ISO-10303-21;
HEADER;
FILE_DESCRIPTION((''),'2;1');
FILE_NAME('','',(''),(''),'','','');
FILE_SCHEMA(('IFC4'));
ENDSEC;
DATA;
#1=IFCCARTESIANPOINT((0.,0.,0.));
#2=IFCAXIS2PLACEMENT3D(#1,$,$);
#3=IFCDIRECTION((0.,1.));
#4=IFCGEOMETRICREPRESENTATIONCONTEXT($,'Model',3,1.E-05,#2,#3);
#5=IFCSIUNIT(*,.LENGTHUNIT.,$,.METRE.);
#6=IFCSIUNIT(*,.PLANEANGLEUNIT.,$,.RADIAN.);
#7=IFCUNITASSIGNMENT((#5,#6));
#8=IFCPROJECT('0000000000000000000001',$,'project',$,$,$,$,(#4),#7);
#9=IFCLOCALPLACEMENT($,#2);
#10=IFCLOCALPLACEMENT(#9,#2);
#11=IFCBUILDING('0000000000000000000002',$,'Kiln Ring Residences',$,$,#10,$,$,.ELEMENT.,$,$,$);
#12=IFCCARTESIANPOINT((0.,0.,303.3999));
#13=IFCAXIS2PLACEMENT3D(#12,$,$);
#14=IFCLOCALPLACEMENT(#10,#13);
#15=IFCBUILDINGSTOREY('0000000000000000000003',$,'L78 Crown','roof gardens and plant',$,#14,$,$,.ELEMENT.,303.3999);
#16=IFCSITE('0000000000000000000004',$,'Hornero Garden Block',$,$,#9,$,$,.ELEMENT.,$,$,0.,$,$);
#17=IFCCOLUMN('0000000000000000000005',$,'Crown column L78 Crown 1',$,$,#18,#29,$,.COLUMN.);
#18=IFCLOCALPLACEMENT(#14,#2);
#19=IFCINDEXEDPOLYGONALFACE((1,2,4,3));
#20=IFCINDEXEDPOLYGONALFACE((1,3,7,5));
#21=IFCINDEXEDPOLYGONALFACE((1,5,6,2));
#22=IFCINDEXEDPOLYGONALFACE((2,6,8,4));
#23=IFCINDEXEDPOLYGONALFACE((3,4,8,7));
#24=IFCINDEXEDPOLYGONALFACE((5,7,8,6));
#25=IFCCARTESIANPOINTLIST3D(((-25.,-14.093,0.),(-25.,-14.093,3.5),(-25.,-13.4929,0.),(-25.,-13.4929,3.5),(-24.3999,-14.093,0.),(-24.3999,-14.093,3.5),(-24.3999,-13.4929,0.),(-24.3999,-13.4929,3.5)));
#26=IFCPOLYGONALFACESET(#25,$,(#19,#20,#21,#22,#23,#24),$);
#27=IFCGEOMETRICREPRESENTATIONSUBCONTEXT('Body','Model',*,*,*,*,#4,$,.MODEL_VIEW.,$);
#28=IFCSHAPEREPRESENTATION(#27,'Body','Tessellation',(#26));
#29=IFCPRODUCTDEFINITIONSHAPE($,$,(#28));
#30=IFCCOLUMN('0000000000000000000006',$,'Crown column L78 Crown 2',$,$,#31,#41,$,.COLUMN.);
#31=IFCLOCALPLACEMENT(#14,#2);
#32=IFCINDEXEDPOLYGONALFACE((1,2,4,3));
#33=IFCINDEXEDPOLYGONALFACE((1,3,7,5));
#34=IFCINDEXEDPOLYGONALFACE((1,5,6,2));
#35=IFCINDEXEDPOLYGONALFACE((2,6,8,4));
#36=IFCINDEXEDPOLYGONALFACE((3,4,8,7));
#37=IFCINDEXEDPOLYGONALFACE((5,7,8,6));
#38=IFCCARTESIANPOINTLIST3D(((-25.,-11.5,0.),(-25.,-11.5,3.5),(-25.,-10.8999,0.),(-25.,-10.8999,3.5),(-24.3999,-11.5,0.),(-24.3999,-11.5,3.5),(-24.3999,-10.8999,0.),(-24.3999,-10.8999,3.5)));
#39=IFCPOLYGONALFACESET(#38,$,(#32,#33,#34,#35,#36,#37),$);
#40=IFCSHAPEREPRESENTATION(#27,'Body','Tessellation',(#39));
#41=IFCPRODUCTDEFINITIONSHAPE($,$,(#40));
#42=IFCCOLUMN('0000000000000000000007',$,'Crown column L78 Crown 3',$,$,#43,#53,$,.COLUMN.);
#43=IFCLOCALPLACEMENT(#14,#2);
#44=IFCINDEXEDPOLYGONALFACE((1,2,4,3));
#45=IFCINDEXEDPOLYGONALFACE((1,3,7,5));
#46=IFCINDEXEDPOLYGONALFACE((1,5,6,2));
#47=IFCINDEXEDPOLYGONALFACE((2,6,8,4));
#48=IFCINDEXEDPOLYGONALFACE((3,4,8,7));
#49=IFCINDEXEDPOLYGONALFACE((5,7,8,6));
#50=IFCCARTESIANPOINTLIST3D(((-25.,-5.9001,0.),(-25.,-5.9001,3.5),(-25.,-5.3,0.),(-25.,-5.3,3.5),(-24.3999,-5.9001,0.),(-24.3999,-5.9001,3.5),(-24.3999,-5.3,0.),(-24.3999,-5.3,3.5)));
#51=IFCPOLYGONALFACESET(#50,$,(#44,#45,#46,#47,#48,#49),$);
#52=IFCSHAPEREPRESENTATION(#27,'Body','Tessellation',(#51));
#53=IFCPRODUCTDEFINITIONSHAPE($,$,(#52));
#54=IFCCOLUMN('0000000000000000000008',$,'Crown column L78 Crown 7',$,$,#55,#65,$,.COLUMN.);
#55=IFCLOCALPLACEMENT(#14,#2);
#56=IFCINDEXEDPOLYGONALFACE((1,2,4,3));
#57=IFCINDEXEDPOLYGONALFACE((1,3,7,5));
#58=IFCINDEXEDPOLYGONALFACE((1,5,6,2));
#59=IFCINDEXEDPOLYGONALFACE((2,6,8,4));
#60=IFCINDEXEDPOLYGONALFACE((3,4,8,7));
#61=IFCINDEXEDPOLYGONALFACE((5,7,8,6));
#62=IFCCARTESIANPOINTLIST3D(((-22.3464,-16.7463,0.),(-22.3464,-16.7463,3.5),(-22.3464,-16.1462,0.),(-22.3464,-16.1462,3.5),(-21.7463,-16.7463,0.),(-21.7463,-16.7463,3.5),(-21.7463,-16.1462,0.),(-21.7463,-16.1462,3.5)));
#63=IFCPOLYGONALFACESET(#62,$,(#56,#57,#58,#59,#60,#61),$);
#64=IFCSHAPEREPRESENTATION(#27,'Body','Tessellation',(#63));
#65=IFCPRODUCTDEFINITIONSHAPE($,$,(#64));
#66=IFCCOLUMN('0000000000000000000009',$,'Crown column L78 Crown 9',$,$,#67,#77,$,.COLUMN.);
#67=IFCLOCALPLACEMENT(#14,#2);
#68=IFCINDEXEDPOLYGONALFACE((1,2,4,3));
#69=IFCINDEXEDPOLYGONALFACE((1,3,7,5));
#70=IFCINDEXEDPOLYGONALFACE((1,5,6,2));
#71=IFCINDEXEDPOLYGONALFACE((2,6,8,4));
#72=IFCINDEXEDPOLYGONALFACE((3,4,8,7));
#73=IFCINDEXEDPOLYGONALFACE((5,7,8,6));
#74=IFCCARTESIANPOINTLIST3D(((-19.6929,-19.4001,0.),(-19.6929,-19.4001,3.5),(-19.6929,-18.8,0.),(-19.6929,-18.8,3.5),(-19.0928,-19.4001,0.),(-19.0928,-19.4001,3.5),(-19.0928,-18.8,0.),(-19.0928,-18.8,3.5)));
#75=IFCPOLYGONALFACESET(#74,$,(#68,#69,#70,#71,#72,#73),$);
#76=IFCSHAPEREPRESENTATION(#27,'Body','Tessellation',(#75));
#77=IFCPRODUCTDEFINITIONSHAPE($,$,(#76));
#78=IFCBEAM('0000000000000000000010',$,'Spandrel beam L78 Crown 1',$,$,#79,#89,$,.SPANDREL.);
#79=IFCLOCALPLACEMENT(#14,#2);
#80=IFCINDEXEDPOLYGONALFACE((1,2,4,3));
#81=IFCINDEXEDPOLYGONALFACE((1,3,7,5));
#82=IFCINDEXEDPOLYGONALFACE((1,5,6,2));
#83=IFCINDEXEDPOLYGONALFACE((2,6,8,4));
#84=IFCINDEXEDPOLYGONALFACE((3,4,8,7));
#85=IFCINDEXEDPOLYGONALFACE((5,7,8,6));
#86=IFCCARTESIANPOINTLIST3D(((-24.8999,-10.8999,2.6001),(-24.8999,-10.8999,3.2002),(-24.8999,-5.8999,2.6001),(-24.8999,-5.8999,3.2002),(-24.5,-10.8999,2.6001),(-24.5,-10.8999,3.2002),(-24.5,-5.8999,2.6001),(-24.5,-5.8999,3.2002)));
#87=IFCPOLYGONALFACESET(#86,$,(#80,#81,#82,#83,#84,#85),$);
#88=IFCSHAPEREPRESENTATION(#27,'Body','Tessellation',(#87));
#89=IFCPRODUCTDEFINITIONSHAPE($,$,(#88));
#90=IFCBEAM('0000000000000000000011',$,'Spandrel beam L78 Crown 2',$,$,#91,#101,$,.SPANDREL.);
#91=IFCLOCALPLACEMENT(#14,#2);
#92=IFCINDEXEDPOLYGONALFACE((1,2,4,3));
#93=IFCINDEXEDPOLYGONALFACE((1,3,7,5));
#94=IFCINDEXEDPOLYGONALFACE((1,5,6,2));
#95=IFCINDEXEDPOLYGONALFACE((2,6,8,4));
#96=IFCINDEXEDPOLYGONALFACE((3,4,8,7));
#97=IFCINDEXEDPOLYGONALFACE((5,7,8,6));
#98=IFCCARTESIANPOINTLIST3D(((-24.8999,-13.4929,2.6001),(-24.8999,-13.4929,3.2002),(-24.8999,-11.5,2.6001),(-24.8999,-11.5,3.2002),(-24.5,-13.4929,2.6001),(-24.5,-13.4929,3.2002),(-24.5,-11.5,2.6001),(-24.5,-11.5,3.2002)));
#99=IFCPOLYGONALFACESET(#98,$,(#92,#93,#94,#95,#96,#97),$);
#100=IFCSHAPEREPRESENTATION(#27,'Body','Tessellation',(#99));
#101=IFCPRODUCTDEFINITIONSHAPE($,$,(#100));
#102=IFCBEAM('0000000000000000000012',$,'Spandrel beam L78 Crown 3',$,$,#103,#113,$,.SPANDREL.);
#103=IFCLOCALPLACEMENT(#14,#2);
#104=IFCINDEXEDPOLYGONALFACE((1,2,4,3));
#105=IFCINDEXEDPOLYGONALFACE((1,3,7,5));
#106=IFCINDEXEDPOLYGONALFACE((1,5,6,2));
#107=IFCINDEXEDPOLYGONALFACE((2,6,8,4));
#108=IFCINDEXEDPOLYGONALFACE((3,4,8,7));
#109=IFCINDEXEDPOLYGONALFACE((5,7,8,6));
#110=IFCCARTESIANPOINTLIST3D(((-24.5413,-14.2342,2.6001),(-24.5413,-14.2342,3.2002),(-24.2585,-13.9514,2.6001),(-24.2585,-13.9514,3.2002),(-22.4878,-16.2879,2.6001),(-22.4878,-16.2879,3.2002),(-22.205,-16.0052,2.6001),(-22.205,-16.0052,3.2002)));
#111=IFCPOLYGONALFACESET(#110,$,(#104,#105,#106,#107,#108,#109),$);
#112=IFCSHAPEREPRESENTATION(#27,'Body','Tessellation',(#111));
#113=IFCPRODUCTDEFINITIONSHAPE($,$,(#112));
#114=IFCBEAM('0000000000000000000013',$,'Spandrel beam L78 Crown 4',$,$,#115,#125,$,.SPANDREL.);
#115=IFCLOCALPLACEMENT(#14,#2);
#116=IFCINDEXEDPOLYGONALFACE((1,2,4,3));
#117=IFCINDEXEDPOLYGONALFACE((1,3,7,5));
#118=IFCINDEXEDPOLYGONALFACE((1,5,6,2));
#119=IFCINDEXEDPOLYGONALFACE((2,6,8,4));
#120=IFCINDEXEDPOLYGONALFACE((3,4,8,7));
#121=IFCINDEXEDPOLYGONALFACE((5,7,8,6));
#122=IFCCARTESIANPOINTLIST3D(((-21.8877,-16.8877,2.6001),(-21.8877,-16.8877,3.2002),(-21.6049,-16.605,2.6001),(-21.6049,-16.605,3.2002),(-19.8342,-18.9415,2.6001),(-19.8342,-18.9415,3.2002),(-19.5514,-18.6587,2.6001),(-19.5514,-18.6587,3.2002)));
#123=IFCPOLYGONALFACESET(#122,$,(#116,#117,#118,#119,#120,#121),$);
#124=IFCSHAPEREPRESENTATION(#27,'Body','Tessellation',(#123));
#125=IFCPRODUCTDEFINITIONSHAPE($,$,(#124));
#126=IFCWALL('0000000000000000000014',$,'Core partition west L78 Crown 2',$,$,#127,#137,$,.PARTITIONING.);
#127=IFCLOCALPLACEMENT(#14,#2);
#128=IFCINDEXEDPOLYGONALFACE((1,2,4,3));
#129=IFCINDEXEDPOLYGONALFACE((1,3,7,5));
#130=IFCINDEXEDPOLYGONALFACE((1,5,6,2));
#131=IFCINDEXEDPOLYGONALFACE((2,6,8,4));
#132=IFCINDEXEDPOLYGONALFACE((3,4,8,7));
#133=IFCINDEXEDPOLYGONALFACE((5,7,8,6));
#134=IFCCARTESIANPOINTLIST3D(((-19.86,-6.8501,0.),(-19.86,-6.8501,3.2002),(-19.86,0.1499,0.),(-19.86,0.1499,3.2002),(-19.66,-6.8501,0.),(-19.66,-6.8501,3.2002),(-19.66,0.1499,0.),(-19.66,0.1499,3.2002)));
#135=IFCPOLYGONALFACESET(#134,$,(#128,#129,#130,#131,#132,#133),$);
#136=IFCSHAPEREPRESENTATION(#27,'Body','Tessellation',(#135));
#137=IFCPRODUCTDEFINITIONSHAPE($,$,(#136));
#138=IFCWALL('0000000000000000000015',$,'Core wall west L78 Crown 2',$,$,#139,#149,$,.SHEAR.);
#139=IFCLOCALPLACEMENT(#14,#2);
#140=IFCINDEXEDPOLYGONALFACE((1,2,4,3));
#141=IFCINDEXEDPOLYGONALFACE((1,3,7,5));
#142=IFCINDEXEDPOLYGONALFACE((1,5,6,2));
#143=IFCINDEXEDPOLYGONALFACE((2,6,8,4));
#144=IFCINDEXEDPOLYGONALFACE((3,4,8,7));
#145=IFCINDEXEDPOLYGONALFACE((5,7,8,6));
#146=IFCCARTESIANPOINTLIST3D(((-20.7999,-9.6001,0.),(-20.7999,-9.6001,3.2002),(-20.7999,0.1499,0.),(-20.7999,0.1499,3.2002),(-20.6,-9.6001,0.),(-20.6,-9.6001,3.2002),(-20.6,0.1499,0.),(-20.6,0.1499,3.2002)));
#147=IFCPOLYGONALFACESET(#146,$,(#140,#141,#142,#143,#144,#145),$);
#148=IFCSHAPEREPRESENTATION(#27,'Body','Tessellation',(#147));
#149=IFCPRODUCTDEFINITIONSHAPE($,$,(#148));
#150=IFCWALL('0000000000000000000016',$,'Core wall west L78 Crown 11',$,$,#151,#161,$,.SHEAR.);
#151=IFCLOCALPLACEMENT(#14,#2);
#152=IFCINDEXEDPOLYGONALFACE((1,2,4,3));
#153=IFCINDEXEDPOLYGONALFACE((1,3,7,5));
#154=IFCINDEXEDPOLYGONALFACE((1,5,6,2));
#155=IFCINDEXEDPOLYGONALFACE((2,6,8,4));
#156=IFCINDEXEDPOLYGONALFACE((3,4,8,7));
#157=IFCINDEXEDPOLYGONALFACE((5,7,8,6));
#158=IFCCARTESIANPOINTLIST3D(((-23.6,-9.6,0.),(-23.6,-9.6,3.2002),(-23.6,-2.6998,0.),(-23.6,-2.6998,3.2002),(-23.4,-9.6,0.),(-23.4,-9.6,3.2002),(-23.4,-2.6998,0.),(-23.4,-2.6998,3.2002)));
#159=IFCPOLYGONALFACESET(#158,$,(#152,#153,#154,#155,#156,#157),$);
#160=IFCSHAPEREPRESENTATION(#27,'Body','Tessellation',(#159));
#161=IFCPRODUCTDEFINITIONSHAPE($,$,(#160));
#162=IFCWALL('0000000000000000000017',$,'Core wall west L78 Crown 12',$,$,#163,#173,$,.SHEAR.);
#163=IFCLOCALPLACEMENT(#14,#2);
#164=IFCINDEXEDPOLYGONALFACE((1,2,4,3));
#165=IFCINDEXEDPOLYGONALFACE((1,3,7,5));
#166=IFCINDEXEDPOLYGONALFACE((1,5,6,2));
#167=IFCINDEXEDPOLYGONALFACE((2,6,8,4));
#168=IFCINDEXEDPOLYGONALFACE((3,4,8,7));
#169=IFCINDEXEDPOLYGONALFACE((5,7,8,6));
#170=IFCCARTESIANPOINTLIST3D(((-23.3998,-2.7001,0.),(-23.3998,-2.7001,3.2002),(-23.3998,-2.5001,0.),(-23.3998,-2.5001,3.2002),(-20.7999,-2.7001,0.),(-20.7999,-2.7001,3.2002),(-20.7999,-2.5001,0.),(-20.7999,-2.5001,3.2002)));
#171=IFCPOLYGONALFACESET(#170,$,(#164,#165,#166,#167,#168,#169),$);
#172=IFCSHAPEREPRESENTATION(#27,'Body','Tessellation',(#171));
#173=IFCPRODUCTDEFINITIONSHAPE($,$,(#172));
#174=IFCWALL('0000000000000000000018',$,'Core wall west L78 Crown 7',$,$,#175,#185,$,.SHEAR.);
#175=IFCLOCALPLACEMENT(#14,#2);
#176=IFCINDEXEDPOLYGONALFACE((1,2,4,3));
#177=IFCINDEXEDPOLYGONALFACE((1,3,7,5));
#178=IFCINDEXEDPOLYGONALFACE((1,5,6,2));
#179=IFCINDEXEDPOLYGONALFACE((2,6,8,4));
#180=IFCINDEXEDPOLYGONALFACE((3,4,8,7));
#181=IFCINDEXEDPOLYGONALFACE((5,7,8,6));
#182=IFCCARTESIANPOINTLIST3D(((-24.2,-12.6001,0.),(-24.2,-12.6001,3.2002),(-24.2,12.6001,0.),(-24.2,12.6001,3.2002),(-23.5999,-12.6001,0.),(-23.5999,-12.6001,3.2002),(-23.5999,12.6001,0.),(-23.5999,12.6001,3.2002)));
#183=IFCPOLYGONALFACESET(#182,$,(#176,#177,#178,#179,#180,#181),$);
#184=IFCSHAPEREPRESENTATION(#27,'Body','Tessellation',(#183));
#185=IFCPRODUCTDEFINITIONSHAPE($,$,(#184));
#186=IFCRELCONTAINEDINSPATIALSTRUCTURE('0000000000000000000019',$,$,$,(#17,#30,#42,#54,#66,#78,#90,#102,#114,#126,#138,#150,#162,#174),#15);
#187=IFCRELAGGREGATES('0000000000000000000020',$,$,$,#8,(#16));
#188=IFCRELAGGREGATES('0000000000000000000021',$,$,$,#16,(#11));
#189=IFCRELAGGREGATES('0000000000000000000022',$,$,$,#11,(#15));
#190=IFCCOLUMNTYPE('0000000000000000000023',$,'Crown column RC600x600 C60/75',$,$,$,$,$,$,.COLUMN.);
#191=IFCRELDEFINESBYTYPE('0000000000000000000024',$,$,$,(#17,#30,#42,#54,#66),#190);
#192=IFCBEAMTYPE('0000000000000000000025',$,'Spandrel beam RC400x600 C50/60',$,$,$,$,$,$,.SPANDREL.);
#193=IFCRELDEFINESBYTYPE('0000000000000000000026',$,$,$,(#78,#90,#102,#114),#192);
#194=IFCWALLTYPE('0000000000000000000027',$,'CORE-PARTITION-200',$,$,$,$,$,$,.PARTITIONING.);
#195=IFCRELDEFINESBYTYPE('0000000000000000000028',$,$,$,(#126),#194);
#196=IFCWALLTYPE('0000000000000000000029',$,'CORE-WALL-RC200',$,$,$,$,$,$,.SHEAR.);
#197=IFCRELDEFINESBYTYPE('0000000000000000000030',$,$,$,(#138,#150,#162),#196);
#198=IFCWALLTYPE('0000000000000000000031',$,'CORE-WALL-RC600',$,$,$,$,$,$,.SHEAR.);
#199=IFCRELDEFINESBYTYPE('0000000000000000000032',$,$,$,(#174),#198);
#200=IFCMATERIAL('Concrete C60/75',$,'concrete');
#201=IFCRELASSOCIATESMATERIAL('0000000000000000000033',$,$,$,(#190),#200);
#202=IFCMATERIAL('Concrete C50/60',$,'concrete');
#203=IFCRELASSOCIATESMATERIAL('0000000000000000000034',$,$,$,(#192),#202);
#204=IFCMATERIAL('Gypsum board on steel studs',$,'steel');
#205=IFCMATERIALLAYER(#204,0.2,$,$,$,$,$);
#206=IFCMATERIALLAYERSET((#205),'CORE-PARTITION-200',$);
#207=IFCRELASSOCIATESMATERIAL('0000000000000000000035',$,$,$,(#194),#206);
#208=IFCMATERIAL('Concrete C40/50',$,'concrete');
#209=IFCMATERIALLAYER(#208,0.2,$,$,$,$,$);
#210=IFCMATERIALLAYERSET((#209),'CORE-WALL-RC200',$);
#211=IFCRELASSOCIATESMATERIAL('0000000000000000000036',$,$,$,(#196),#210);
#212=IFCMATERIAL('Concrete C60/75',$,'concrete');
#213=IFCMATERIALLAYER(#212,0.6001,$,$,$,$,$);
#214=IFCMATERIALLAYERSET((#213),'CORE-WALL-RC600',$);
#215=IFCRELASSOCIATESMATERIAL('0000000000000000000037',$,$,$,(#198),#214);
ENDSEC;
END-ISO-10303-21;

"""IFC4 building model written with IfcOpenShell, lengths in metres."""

from ifc_helpers import new_model, si_unit, direction, frame, frame_2d, origin, origin_2d, place, context, subcontext, project, spatial, rectangle, extrude, material, layer, layer_set, material_profile, profile_set, type_object, element, save


model = new_model("IFC4")

# Units and contexts
model_context = context("Model", 3, precision=1e-05, world=origin(), true_north=direction((0.0, 1.0)))
body_context = subcontext(model_context, "Body", "Model", "MODEL_VIEW")
ifc_project = project(units=[si_unit("LENGTHUNIT", "METRE"), si_unit("PLANEANGLEUNIT", "RADIAN")], contexts=[model_context])

# Site, building, storey
site_placement = place(None, origin())
site = spatial("IfcSite", under=ifc_project, at=site_placement, Name="Hornero Garden Block", CompositionType="ELEMENT", RefElevation=0.0)
building_placement = place(site_placement, origin())
building = spatial("IfcBuilding", under=site, at=building_placement, Name="Kiln Ring Residences", CompositionType="ELEMENT")
storey_placement = place(building_placement, frame((0.0, 0.0, 303.3999)))
storey = spatial("IfcBuildingStorey", under=building, at=storey_placement, Name="L78 Crown", Description="roof gardens and plant", CompositionType="ELEMENT", Elevation=303.3999)

# Columns
ifc_material_1 = material(Name="Concrete C60/75", Category="concrete")
ifc_material_profile_1 = material_profile(ifc_material_1, rectangle(XDim=0.6001, YDim=0.6001, at=origin_2d()), Name="RC600x600")
ifc_profile_set_1 = profile_set([ifc_material_profile_1], Name="Concrete C60/75")
column_type = type_object("IfcColumnType", Name="Crown column RC600x600 C60/75", PredefinedType="COLUMN", material=ifc_profile_set_1)
for number, where, z_axis, x_axis, name in (
    (1, (-24.7, -13.793, 0.0), (0.0, 0.0, 1.0), (1.0, 0.0, 0.0), "Crown column L78 Crown 1"),
    (2, (-24.7, -11.2, 0.0), (0.0, 0.0, 1.0), (1.0, 0.0, 0.0), "Crown column L78 Crown 2"),
    (3, (-24.7, -5.6001, 0.0), (0.0, 0.0, 1.0), (1.0, 0.0, 0.0), "Crown column L78 Crown 3"),
    (4, (-22.0464, -16.4463, 0.0), (0.0, 0.0, 1.0), (1.0, 0.0, 0.0), "Crown column L78 Crown 7"),
    (5, (-19.3928, -19.1001, 0.0), (0.0, 0.0, 1.0), (1.0, 0.0, 0.0), "Crown column L78 Crown 9"),
):
    element("IfcColumn", number, at=place(storey_placement, frame(where, z_axis=z_axis, x_axis=x_axis)), inside=storey, type_object=column_type, Name=name, PredefinedType="COLUMN", context=body_context, shape_type="SweptSolid", body=[
        extrude(rectangle(XDim=0.6001, YDim=0.6001, at=origin_2d()), origin(), (0.0, 0.0, 1.0), 3.5),
    ])

# Beams
ifc_material_2 = material(Name="Concrete C50/60", Category="concrete")
ifc_material_profile_2 = material_profile(ifc_material_2, rectangle(XDim=0.3999, YDim=0.6001, at=origin_2d()), Name="RC400x600")
ifc_profile_set_2 = profile_set([ifc_material_profile_2], Name="Concrete C50/60")
beam_type = type_object("IfcBeamType", Name="Spandrel beam RC400x600 C50/60", PredefinedType="SPANDREL", material=ifc_profile_set_2)
beam_1_placement = place(storey_placement, frame((-24.7, -5.8999, 2.9001), z_axis=(0.0, -1.0, 0.0), x_axis=(1.0, 0.0, 0.0)))
element("IfcBeam", 6, at=beam_1_placement, inside=storey, type_object=beam_type, Name="Spandrel beam L78 Crown 1", PredefinedType="SPANDREL", context=body_context, shape_type="SweptSolid", body=[
    extrude(rectangle(XDim=0.3999, YDim=0.6001, at=origin_2d()), origin(), (0.0, 0.0, 1.0), 5.0),
])
beam_2_placement = place(storey_placement, frame((-24.7, -11.5, 2.9001), z_axis=(0.0, -1.0, 0.0), x_axis=(1.0, 0.0, 0.0)))
element("IfcBeam", 7, at=beam_2_placement, inside=storey, type_object=beam_type, Name="Spandrel beam L78 Crown 2", PredefinedType="SPANDREL", context=body_context, shape_type="SweptSolid", body=[
    extrude(rectangle(XDim=0.3999, YDim=0.6001, at=origin_2d()), origin(), (0.0, 0.0, 1.0), 1.9929),
])
for number, where, z_axis, x_axis, name in (
    (8, (-24.3999, -14.0928, 2.9001), (0.707065, -0.707149, 0.0), (0.707149, 0.707065, 0.0), "Spandrel beam L78 Crown 3"),
    (9, (-21.7463, -16.7463, 2.9001), (0.707065, -0.707149, 0.0), (0.707149, 0.707065, 0.0), "Spandrel beam L78 Crown 4"),
):
    element("IfcBeam", number, at=place(storey_placement, frame(where, z_axis=z_axis, x_axis=x_axis)), inside=storey, type_object=beam_type, Name=name, PredefinedType="SPANDREL", context=body_context, shape_type="SweptSolid", body=[
        extrude(rectangle(XDim=0.3999, YDim=0.6001, at=origin_2d()), origin(), (0.0, 0.0, 1.0), 2.9043),
    ])

# Walls
ifc_material_3 = material(Name="Gypsum board on steel studs", Category="steel")
ifc_layer_1 = layer(ifc_material_3, 0.2)
ifc_layer_set_1 = layer_set([ifc_layer_1], Name="CORE-PARTITION-200")
wall_type_1 = type_object("IfcWallType", Name="CORE-PARTITION-200", PredefinedType="PARTITIONING", material=ifc_layer_set_1)
wall_1_placement = place(storey_placement, frame((-19.76, -6.8501, 0.0), z_axis=(0.0, 0.0, 1.0), x_axis=(0.0, 1.0, 0.0)))
element("IfcWall", 10, at=wall_1_placement, inside=storey, type_object=wall_type_1, Name="Core partition west L78 Crown 2", PredefinedType="PARTITIONING", context=body_context, shape_type="SweptSolid", body=[
    extrude(rectangle(XDim=7.0, YDim=0.2, at=frame_2d((3.5, 0.0))), origin(), (0.0, 0.0, 1.0), 3.2002),
])
ifc_material_4 = material(Name="Concrete C40/50", Category="concrete")
ifc_layer_2 = layer(ifc_material_4, 0.2)
ifc_layer_set_2 = layer_set([ifc_layer_2], Name="CORE-WALL-RC200")
wall_type_2 = type_object("IfcWallType", Name="CORE-WALL-RC200", PredefinedType="SHEAR", material=ifc_layer_set_2)
wall_2_placement = place(storey_placement, frame((-20.7, -9.6001, 0.0), z_axis=(0.0, 0.0, 1.0), x_axis=(0.0, 1.0, 0.0)))
element("IfcWall", 11, at=wall_2_placement, inside=storey, type_object=wall_type_2, Name="Core wall west L78 Crown 2", PredefinedType="SHEAR", context=body_context, shape_type="SweptSolid", body=[
    extrude(rectangle(XDim=9.75, YDim=0.2, at=frame_2d((4.875, 0.0))), origin(), (0.0, 0.0, 1.0), 3.2002),
])
wall_3_placement = place(storey_placement, frame((-23.5, -9.6001, 0.0), z_axis=(0.0, 0.0, 1.0), x_axis=(0.0, 1.0, 0.0)))
element("IfcWall", 12, at=wall_3_placement, inside=storey, type_object=wall_type_2, Name="Core wall west L78 Crown 11", PredefinedType="SHEAR", context=body_context, shape_type="SweptSolid", body=[
    extrude(rectangle(XDim=6.9001, YDim=0.2, at=frame_2d((3.4502, 0.0))), origin(), (0.0, 0.0, 1.0), 3.2002),
])
wall_4_placement = place(storey_placement, frame((-20.8, -2.6001, 0.0), z_axis=(0.0, 0.0, 1.0), x_axis=(-1.0, 0.0, 0.0)))
element("IfcWall", 13, at=wall_4_placement, inside=storey, type_object=wall_type_2, Name="Core wall west L78 Crown 12", PredefinedType="SHEAR", context=body_context, shape_type="SweptSolid", body=[
    extrude(rectangle(XDim=2.5999, YDim=0.2, at=frame_2d((1.2998, 0.0))), origin(), (0.0, 0.0, 1.0), 3.2002),
])
ifc_material_5 = material(Name="Concrete C60/75", Category="concrete")
ifc_layer_3 = layer(ifc_material_5, 0.6001)
ifc_layer_set_3 = layer_set([ifc_layer_3], Name="CORE-WALL-RC600")
wall_type_3 = type_object("IfcWallType", Name="CORE-WALL-RC600", PredefinedType="SHEAR", material=ifc_layer_set_3)
wall_5_placement = place(storey_placement, frame((-23.8999, -12.6001, 0.0), z_axis=(0.0, 0.0, 1.0), x_axis=(0.0, 1.0, 0.0)))
element("IfcWall", 14, at=wall_5_placement, inside=storey, type_object=wall_type_3, Name="Core wall west L78 Crown 7", PredefinedType="SHEAR", context=body_context, shape_type="SweptSolid", body=[
    extrude(rectangle(XDim=25.2002, YDim=0.6001, at=frame_2d((12.6001, 0.0))), origin(), (0.0, 0.0, 1.0), 3.2002),
])

save(model, "model.ifc")
